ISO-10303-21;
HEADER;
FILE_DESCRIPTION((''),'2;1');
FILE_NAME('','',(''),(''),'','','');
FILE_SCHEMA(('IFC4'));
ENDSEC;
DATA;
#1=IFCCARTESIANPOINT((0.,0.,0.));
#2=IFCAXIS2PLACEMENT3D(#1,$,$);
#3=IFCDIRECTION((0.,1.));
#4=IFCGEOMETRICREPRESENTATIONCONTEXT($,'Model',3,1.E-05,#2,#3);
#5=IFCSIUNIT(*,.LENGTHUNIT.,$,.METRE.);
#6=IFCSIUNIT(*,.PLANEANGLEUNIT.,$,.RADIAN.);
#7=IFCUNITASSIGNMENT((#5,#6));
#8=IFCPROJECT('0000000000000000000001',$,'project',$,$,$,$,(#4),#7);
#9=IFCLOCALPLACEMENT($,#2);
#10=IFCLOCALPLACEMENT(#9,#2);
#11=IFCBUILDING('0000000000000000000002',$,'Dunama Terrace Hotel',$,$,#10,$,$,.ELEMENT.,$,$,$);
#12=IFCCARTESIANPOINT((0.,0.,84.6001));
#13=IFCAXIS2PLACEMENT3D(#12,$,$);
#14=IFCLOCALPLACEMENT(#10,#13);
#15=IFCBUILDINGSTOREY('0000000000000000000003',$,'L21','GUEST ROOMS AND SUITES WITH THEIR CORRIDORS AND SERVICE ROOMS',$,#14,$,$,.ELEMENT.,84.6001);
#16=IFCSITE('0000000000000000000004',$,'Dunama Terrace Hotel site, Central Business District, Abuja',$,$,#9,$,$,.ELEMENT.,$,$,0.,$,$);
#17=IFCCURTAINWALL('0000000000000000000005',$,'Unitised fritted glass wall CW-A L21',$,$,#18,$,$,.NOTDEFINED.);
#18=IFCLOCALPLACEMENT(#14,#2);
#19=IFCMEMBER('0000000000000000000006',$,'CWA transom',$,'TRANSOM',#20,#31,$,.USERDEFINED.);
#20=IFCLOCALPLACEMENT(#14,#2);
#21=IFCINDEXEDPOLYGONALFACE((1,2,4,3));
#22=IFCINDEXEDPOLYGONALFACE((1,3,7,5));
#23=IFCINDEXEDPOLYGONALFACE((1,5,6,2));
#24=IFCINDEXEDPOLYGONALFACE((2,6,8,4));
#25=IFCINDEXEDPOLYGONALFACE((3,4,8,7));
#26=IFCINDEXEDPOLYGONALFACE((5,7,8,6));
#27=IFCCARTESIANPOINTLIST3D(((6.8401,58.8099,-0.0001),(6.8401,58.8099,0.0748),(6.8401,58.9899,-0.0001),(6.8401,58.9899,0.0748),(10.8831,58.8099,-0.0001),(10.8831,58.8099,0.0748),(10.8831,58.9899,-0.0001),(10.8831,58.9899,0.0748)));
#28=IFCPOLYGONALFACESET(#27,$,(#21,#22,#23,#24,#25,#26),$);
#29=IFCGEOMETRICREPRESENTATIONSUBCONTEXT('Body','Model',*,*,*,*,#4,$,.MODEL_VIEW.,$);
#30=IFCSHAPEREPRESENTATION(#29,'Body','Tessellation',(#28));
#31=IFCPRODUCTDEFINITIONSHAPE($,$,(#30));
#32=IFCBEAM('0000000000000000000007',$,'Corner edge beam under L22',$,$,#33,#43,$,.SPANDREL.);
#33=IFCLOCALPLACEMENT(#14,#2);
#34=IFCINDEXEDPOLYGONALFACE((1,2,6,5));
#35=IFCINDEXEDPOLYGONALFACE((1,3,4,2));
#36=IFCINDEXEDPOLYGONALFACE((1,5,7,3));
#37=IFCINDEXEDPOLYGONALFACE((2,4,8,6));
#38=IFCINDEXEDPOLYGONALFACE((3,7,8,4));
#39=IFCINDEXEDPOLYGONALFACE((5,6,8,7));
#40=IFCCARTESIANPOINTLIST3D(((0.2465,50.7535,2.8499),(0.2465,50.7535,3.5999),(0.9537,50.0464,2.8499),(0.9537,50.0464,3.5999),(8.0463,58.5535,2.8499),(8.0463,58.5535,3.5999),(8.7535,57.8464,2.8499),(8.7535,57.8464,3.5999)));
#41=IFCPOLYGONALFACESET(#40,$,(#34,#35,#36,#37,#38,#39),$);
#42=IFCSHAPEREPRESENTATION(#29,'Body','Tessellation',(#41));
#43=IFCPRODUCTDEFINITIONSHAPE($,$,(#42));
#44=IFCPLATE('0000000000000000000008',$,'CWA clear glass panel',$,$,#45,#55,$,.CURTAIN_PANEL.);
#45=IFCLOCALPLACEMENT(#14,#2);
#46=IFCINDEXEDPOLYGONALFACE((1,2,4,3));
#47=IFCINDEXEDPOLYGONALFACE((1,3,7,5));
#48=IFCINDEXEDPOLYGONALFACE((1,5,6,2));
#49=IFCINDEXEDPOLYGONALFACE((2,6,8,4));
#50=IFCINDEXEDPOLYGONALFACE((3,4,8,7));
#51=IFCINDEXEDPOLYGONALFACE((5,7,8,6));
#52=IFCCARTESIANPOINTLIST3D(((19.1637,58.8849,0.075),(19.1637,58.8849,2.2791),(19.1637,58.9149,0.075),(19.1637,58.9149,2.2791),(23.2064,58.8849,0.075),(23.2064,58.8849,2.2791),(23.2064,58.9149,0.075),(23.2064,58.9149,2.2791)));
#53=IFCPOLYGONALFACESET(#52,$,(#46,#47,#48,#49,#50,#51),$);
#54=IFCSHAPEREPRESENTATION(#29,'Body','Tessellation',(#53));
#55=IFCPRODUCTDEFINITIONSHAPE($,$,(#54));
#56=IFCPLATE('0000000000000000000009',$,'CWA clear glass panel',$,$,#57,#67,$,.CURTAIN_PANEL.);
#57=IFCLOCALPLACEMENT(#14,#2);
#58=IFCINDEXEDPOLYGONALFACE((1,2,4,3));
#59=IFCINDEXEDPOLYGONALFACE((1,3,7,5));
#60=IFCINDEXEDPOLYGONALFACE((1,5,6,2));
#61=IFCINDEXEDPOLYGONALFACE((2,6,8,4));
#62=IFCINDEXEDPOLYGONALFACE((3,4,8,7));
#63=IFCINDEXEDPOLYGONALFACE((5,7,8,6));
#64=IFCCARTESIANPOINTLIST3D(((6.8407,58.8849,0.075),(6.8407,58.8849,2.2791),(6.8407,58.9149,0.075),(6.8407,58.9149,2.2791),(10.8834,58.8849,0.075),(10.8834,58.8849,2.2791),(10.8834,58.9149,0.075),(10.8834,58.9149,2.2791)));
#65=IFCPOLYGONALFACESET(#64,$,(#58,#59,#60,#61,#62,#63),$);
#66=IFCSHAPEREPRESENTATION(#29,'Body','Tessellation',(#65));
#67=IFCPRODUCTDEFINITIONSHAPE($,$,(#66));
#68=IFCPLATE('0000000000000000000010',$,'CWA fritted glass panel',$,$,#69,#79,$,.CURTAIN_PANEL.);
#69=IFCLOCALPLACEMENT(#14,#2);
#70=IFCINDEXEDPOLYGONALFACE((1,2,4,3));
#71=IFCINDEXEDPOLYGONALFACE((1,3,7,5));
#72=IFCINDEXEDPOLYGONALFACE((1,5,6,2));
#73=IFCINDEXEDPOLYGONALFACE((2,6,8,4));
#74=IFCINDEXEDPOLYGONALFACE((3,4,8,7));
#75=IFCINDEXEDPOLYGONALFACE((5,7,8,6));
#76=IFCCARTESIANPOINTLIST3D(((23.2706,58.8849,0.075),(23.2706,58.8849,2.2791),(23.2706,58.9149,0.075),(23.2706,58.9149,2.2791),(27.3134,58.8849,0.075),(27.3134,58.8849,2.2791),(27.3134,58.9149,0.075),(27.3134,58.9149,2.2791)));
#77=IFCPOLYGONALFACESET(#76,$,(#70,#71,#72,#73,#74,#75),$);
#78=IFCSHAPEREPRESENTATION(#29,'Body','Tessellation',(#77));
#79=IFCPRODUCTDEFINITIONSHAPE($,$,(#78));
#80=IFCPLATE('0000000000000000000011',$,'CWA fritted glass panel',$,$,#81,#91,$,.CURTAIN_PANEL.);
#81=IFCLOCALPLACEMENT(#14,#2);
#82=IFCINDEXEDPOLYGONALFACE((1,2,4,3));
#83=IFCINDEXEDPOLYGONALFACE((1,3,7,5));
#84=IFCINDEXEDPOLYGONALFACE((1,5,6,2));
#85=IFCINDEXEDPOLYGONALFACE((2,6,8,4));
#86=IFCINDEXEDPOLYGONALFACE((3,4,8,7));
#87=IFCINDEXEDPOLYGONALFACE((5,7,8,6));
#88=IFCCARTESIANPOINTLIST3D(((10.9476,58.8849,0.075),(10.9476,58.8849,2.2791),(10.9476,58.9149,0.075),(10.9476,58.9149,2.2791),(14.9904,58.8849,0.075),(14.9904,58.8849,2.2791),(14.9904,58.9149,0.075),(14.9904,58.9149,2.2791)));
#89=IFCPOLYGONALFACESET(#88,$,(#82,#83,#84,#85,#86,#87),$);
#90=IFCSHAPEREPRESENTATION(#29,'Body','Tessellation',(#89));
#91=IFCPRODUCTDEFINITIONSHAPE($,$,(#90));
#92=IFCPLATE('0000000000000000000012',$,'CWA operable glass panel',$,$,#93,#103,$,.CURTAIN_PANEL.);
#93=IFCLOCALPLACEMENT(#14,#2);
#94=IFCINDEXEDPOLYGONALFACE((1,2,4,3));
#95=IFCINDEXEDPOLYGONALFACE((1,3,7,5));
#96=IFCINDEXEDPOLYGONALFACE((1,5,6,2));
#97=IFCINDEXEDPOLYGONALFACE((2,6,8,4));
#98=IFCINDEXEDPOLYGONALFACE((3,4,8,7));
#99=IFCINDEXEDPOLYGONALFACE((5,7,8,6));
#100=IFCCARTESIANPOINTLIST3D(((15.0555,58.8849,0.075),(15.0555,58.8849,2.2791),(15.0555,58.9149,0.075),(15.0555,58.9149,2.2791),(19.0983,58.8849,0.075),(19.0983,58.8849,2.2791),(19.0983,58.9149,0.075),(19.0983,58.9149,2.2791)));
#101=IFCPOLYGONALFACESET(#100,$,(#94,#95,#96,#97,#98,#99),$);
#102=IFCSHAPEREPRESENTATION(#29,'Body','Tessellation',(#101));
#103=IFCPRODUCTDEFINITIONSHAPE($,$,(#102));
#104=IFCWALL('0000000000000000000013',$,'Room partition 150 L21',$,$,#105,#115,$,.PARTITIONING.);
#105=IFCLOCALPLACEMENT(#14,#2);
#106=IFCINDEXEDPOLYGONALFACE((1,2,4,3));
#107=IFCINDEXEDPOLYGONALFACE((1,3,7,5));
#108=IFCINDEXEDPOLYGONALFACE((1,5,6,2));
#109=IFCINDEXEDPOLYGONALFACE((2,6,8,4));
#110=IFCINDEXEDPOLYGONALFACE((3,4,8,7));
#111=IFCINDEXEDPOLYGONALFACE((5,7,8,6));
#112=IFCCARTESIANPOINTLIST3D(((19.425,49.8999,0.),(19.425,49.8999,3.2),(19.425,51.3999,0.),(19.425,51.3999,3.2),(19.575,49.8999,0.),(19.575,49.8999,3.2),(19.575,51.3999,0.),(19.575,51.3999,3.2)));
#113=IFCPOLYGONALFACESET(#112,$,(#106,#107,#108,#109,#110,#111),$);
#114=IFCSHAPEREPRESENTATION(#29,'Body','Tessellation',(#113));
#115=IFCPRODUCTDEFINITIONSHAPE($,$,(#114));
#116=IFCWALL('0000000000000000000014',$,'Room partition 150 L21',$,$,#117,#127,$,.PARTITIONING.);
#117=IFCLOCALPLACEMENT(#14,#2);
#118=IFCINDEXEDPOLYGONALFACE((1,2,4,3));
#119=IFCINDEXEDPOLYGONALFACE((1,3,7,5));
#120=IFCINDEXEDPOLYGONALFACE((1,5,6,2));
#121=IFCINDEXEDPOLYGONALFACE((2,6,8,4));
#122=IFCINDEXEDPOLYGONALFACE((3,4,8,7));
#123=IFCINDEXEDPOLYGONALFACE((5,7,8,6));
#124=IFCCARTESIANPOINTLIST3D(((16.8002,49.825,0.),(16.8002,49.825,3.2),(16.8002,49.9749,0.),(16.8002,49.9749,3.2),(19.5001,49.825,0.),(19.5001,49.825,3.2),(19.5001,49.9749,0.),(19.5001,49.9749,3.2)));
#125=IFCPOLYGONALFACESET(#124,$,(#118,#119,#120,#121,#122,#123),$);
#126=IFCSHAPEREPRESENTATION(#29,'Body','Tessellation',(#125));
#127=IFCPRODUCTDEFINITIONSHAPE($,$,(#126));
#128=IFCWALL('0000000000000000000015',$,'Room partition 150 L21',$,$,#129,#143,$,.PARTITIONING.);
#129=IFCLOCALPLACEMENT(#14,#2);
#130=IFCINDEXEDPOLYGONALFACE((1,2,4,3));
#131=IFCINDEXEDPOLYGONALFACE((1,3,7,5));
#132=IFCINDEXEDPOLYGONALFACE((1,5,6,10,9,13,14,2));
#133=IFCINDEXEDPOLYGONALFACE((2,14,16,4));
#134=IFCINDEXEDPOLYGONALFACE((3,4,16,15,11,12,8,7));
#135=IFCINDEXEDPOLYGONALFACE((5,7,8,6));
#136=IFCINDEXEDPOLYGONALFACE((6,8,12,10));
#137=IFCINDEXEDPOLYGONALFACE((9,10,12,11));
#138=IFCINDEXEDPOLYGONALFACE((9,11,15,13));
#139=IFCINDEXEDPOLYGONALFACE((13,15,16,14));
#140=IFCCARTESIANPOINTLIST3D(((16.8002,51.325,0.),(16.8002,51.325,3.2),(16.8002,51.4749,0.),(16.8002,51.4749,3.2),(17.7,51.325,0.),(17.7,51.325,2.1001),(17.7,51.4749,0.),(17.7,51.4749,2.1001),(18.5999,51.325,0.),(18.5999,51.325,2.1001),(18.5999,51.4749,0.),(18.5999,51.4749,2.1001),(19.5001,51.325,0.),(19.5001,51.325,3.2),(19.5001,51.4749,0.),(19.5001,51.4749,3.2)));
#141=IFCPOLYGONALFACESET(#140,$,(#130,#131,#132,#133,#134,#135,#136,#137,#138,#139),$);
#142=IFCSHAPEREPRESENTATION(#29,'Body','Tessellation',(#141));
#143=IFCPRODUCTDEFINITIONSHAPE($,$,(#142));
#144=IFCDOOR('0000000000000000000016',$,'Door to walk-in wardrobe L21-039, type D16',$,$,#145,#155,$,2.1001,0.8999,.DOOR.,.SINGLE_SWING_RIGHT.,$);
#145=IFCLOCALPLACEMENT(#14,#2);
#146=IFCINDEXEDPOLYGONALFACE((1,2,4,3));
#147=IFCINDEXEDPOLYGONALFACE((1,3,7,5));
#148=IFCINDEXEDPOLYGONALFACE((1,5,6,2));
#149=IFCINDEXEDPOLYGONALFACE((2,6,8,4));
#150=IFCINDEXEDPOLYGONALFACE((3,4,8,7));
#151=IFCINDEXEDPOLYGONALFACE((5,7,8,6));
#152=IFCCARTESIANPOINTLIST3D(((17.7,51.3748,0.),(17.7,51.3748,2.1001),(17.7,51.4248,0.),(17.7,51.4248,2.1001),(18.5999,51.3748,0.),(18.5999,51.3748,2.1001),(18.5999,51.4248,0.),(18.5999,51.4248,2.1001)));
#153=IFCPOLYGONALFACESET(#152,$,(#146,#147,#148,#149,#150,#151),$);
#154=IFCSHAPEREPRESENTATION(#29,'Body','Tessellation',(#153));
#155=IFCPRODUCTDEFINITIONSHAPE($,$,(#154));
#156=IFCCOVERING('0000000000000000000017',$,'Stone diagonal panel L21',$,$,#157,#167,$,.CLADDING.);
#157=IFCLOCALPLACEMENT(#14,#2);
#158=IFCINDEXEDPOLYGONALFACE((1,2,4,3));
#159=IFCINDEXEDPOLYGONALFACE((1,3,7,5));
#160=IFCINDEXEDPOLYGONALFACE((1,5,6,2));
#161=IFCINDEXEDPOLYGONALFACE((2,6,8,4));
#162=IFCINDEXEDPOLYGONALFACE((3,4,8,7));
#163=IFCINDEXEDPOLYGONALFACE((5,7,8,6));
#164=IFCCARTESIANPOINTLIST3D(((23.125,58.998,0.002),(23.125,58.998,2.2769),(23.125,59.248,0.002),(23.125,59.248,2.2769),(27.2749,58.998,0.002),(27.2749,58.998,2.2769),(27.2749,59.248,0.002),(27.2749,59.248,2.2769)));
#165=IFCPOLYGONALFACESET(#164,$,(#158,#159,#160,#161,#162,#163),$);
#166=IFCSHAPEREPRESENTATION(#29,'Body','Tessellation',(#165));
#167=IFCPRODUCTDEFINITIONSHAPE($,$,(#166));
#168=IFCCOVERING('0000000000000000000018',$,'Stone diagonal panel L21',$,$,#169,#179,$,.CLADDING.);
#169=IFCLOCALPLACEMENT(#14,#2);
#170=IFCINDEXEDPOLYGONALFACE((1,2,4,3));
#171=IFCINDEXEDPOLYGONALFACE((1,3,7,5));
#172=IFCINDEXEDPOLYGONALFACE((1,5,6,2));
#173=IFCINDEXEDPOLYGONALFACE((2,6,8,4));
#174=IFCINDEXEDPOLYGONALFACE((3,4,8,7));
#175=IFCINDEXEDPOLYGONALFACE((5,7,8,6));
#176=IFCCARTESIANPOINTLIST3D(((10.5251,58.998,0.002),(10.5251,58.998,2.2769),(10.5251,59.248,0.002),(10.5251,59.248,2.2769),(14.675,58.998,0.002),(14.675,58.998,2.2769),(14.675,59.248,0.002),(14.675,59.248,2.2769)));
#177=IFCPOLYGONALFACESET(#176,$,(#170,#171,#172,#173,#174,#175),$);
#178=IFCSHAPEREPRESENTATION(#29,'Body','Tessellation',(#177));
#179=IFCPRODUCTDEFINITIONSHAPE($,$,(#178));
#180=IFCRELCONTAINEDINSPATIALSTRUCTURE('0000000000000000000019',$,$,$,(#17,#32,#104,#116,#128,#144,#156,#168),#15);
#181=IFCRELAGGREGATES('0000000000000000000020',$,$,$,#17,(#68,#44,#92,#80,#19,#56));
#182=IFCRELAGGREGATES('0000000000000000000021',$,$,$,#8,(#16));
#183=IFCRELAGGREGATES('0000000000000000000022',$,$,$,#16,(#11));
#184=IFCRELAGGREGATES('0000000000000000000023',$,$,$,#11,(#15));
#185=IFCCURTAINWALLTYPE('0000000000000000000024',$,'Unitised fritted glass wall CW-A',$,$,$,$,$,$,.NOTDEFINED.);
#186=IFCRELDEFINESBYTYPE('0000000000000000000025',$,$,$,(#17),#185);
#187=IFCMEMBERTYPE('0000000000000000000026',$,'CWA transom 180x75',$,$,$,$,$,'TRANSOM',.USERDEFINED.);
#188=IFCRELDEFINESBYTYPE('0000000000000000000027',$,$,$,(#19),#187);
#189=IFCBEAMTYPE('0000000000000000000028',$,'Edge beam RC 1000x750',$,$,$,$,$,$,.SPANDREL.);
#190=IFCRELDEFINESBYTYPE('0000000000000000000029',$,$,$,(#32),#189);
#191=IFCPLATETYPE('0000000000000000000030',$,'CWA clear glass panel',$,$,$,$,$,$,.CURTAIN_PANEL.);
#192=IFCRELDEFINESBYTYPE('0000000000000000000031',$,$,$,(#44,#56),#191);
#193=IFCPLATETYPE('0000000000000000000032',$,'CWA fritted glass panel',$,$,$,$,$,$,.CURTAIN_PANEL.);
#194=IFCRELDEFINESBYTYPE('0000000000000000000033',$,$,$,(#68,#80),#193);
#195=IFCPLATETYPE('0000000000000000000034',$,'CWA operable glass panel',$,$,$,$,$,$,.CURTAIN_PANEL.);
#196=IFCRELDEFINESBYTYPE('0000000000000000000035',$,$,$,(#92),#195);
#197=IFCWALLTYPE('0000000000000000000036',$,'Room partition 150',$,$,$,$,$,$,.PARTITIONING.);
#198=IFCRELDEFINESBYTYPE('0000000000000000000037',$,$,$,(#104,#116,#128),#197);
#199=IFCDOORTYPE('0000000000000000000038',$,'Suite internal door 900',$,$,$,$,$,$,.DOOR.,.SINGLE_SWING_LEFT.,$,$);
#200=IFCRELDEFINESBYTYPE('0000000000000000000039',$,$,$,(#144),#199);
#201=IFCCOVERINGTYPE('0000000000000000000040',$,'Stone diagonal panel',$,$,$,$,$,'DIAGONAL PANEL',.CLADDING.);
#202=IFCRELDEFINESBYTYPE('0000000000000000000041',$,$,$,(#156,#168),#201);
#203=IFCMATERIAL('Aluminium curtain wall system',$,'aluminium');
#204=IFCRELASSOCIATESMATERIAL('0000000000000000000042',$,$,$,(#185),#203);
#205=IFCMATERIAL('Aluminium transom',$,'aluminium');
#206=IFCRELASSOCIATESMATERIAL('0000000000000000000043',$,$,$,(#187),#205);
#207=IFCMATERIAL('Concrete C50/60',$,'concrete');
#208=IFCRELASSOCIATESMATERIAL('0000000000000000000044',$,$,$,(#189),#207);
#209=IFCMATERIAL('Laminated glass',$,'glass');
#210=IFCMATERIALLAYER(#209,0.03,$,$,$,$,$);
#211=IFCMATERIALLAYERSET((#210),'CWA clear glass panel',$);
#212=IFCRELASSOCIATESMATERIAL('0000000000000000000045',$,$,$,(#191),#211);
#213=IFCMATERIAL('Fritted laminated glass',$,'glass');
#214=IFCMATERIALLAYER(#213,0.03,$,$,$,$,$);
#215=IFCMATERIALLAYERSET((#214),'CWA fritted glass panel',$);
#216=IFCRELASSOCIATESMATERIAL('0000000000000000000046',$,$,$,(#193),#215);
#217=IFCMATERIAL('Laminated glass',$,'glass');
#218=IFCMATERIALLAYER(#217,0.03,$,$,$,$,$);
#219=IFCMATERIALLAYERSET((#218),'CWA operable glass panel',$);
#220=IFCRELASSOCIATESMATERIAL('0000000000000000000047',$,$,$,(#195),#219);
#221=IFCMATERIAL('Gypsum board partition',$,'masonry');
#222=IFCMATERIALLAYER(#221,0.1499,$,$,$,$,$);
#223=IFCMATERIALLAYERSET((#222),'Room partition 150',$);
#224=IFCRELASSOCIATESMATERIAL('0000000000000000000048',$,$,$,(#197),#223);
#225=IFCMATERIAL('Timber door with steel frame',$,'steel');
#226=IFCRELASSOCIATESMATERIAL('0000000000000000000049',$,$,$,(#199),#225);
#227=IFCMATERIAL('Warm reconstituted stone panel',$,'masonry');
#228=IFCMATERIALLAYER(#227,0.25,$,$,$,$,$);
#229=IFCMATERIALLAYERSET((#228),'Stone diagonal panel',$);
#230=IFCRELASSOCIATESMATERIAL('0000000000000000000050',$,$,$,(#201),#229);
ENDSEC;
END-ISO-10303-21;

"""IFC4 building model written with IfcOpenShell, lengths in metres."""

from ifc_helpers import new_model, si_unit, direction, frame, frame_2d, origin, origin_2d, place, context, subcontext, project, spatial, rectangle, extrude, material, layer, layer_set, material_profile, profile_set, type_object, element, fill, aggregate, save


model = new_model("IFC4")

# Units and contexts
model_context = context("Model", 3, precision=1e-05, world=origin(), true_north=direction((0.0, 1.0)))
body_context = subcontext(model_context, "Body", "Model", "MODEL_VIEW")
ifc_project = project(units=[si_unit("LENGTHUNIT", "METRE"), si_unit("PLANEANGLEUNIT", "RADIAN")], contexts=[model_context])

# Site, building, storey
site_placement = place(None, origin())
site = spatial("IfcSite", under=ifc_project, at=site_placement, Name="Dunama Terrace Hotel site, Central Business District, Abuja", CompositionType="ELEMENT", RefElevation=0.0)
building_placement = place(site_placement, origin())
building = spatial("IfcBuilding", under=site, at=building_placement, Name="Dunama Terrace Hotel", CompositionType="ELEMENT")
storey_placement = place(building_placement, frame((0.0, 0.0, 84.6001)))
storey = spatial("IfcBuildingStorey", under=building, at=storey_placement, Name="L21", Description="GUEST ROOMS AND SUITES WITH THEIR CORRIDORS AND SERVICE ROOMS", CompositionType="ELEMENT", Elevation=84.6001)

# Curtain wall, member
ifc_material_1 = material(Name="Aluminium curtain wall system", Category="aluminium")
curtain_wall_type = type_object("IfcCurtainWallType", Name="Unitised fritted glass wall CW-A", PredefinedType="NOTDEFINED", material=ifc_material_1)
curtain_wall_placement = place(storey_placement, origin())
curtain_wall = element("IfcCurtainWall", 1, at=curtain_wall_placement, inside=storey, type_object=curtain_wall_type, Name="Unitised fritted glass wall CW-A L21", PredefinedType="NOTDEFINED")
ifc_material_2 = material(Name="Aluminium transom", Category="aluminium")
ifc_material_profile_1 = material_profile(ifc_material_2, rectangle(XDim=0.1799, YDim=0.075, at=origin_2d()), Name="CWA TRANSOM 180X75")
ifc_profile_set_1 = profile_set([ifc_material_profile_1], Name="Aluminium transom")
member_type_1 = type_object("IfcMemberType", Name="CWA transom 180x75", ElementType="TRANSOM", PredefinedType="USERDEFINED", material=ifc_profile_set_1)
member_1_placement = place(storey_placement, frame((10.8831, 58.8999, 0.0374), z_axis=(-1.0, 0.0, 0.0), x_axis=(0.0, -1.0, 0.0)))
member_1 = element("IfcMember", 2, at=member_1_placement, type_object=member_type_1, Name="CWA transom", ObjectType="TRANSOM", PredefinedType="USERDEFINED", context=body_context, shape_type="SweptSolid", body=[
    extrude(rectangle(XDim=0.1799, YDim=0.075, at=origin_2d()), origin(), (0.0, 0.0, 1.0), 4.043),
])

# Beam
ifc_material_3 = material(Name="Concrete C50/60", Category="concrete")
ifc_material_profile_2 = material_profile(ifc_material_3, rectangle(XDim=1.0, YDim=0.75, at=origin_2d()), Name="RC 1000x750")
ifc_profile_set_2 = profile_set([ifc_material_profile_2], Name="Concrete C50/60")
beam_type = type_object("IfcBeamType", Name="Edge beam RC 1000x750", PredefinedType="SPANDREL", material=ifc_profile_set_2)
beam_placement = place(storey_placement, frame((8.3999, 58.2, 3.2249), z_axis=(-0.707096, -0.707118, 0.0), x_axis=(0.707118, -0.707096, 0.0)))
element("IfcBeam", 3, at=beam_placement, inside=storey, type_object=beam_type, Name="Corner edge beam under L22", PredefinedType="SPANDREL", context=body_context, shape_type="SweptSolid", body=[
    extrude(rectangle(XDim=1.0, YDim=0.75, at=origin_2d()), origin(), (0.0, 0.0, 1.0), 11.0308),
])

# Plates
ifc_material_4 = material(Name="Laminated glass", Category="glass")
ifc_layer_1 = layer(ifc_material_4, 0.03)
ifc_layer_set_1 = layer_set([ifc_layer_1], Name="CWA clear glass panel")
plate_type_1 = type_object("IfcPlateType", Name="CWA clear glass panel", PredefinedType="CURTAIN_PANEL", material=ifc_layer_set_1)
plate_1_placement = place(storey_placement, frame((21.1851, 58.8999, 0.075), z_axis=(0.0, 0.0, 1.0), x_axis=(-1.0, 0.0, 0.0)))
plate_1 = element("IfcPlate", 4, at=plate_1_placement, type_object=plate_type_1, Name="CWA clear glass panel", PredefinedType="CURTAIN_PANEL", context=body_context, shape_type="SweptSolid", body=[
    extrude(rectangle(XDim=4.0427, YDim=0.03, at=origin_2d()), origin(), (0.0, 0.0, 1.0), 2.2041),
])
plate_2_placement = place(storey_placement, frame((8.8621, 58.8999, 0.075), z_axis=(0.0, 0.0, 1.0), x_axis=(-1.0, 0.0, 0.0)))
plate_2 = element("IfcPlate", 5, at=plate_2_placement, type_object=plate_type_1, Name="CWA clear glass panel", PredefinedType="CURTAIN_PANEL", context=body_context, shape_type="SweptSolid", body=[
    extrude(rectangle(XDim=4.0427, YDim=0.03, at=origin_2d()), origin(), (0.0, 0.0, 1.0), 2.2041),
])
ifc_material_5 = material(Name="Fritted laminated glass", Category="glass")
ifc_layer_2 = layer(ifc_material_5, 0.03)
ifc_layer_set_2 = layer_set([ifc_layer_2], Name="CWA fritted glass panel")
plate_type_2 = type_object("IfcPlateType", Name="CWA fritted glass panel", PredefinedType="CURTAIN_PANEL", material=ifc_layer_set_2)
plate_3_placement = place(storey_placement, frame((25.292, 58.8999, 0.075), z_axis=(0.0, 0.0, 1.0), x_axis=(-1.0, 0.0, 0.0)))
plate_3 = element("IfcPlate", 6, at=plate_3_placement, type_object=plate_type_2, Name="CWA fritted glass panel", PredefinedType="CURTAIN_PANEL", context=body_context, shape_type="SweptSolid", body=[
    extrude(rectangle(XDim=4.0427, YDim=0.03, at=origin_2d()), origin(), (0.0, 0.0, 1.0), 2.2041),
])
plate_4_placement = place(storey_placement, frame((12.969, 58.8999, 0.075), z_axis=(0.0, 0.0, 1.0), x_axis=(-1.0, 0.0, 0.0)))
plate_4 = element("IfcPlate", 7, at=plate_4_placement, type_object=plate_type_2, Name="CWA fritted glass panel", PredefinedType="CURTAIN_PANEL", context=body_context, shape_type="SweptSolid", body=[
    extrude(rectangle(XDim=4.0427, YDim=0.03, at=origin_2d()), origin(), (0.0, 0.0, 1.0), 2.2041),
])
ifc_material_6 = material(Name="Laminated glass", Category="glass")
ifc_layer_3 = layer(ifc_material_6, 0.03)
ifc_layer_set_3 = layer_set([ifc_layer_3], Name="CWA operable glass panel")
plate_type_3 = type_object("IfcPlateType", Name="CWA operable glass panel", PredefinedType="CURTAIN_PANEL", material=ifc_layer_set_3)
plate_5_placement = place(storey_placement, frame((17.0769, 58.8999, 0.075), z_axis=(0.0, 0.0, 1.0), x_axis=(-1.0, 0.0, 0.0)))
plate_5 = element("IfcPlate", 8, at=plate_5_placement, type_object=plate_type_3, Name="CWA operable glass panel", PredefinedType="CURTAIN_PANEL", context=body_context, shape_type="SweptSolid", body=[
    extrude(rectangle(XDim=4.0427, YDim=0.03, at=origin_2d()), origin(), (0.0, 0.0, 1.0), 2.2041),
])
aggregate(curtain_wall, [plate_3, plate_1, plate_5, plate_4, member_1, plate_2])

# Walls
ifc_material_7 = material(Name="Gypsum board partition", Category="masonry")
ifc_layer_4 = layer(ifc_material_7, 0.1499)
ifc_layer_set_4 = layer_set([ifc_layer_4], Name="Room partition 150")
wall_type = type_object("IfcWallType", Name="Room partition 150", PredefinedType="PARTITIONING", material=ifc_layer_set_4)
wall_1_placement = place(storey_placement, frame((19.5, 49.8999, 0.0), z_axis=(0.0, 0.0, 1.0), x_axis=(0.0, 1.0, 0.0)))
element("IfcWall", 9, at=wall_1_placement, inside=storey, type_object=wall_type, Name="Room partition 150 L21", PredefinedType="PARTITIONING", context=body_context, shape_type="SweptSolid", body=[
    extrude(rectangle(XDim=1.5, YDim=0.1499, at=frame_2d((0.75, 0.0))), origin(), (0.0, 0.0, 1.0), 3.2),
])
wall_2_placement = place(storey_placement, frame((16.8, 49.8999, 0.0), z_axis=(0.0, 0.0, 1.0), x_axis=(1.0, 0.0, 0.0)))
element("IfcWall", 10, at=wall_2_placement, inside=storey, type_object=wall_type, Name="Room partition 150 L21", PredefinedType="PARTITIONING", context=body_context, shape_type="SweptSolid", body=[
    extrude(rectangle(XDim=2.7, YDim=0.1499, at=frame_2d((1.3501, 0.0))), origin(), (0.0, 0.0, 1.0), 3.2),
])

# Wall, opening, door
wall_3_placement = place(storey_placement, frame((16.8, 51.3999, 0.0), z_axis=(0.0, 0.0, 1.0), x_axis=(1.0, 0.0, 0.0)))
wall_3 = element("IfcWall", 11, at=wall_3_placement, inside=storey, type_object=wall_type, Name="Room partition 150 L21", PredefinedType="PARTITIONING", context=body_context, shape_type="SweptSolid", body=[
    extrude(rectangle(XDim=2.7, YDim=0.1499, at=frame_2d((1.3501, 0.0))), origin(), (0.0, 0.0, 1.0), 3.2),
])
opening_placement = place(wall_3_placement, frame((0.8999, 0.0, 0.0)))
opening = element("IfcOpeningElement", 12, at=opening_placement, cuts=wall_3, PredefinedType="OPENING", context=body_context, shape_type="SweptSolid", body=[
    extrude(rectangle(XDim=0.8999, YDim=2.1001, at=frame_2d((0.45, 1.05))), frame((0.0, 0.085, 0.0), z_axis=(0.0, -1.0, 0.0), x_axis=(1.0, 0.0, 0.0)), (0.0, 0.0, 1.0), 0.1699),
])
ifc_material_8 = material(Name="Timber door with steel frame", Category="steel")
door_type = type_object("IfcDoorType", Name="Suite internal door 900", OperationType="SINGLE_SWING_LEFT", PredefinedType="DOOR", material=ifc_material_8)
door_placement = place(opening_placement, frame((0.8999, 0.0, 0.0), z_axis=(0.0, 0.0, 1.0), x_axis=(-1.0, 0.0, 0.0)))
door = element("IfcDoor", 13, at=door_placement, inside=storey, type_object=door_type, Name="Door to walk-in wardrobe L21-039, type D16", OperationType="SINGLE_SWING_RIGHT", OverallHeight=2.1001, OverallWidth=0.8999, PredefinedType="DOOR", context=body_context, shape_type="SweptSolid", body=[
    extrude(rectangle(XDim=0.8999, YDim=2.1001, at=frame_2d((0.45, 1.05))), frame((0.0, 0.0251, 0.0), z_axis=(0.0, -1.0, 0.0), x_axis=(1.0, 0.0, 0.0)), (0.0, 0.0, 1.0), 0.05),
])
fill(opening, door)

# Coverings
ifc_material_9 = material(Name="Warm reconstituted stone panel", Category="masonry")
ifc_layer_5 = layer(ifc_material_9, 0.25)
ifc_layer_set_5 = layer_set([ifc_layer_5], Name="Stone diagonal panel")
covering_type = type_object("IfcCoveringType", Name="Stone diagonal panel", ElementType="DIAGONAL PANEL", PredefinedType="CLADDING", material=ifc_layer_set_5)
for number, where, z_axis, x_axis, name in (
    (14, (25.2, 59.123, 0.002), (0.0, 0.0, 1.0), (-1.0, 0.0, 0.0), "Stone diagonal panel L21"),
    (15, (12.6001, 59.123, 0.002), (0.0, 0.0, 1.0), (-1.0, 0.0, 0.0), "Stone diagonal panel L21"),
):
    element("IfcCovering", number, at=place(storey_placement, frame(where, z_axis=z_axis, x_axis=x_axis)), inside=storey, type_object=covering_type, Name=name, PredefinedType="CLADDING", context=body_context, shape_type="SweptSolid", body=[
        extrude(rectangle(XDim=4.1499, YDim=0.25, at=origin_2d()), origin(), (0.0, 0.0, 1.0), 2.2749),
    ])

save(model, "model.ifc")
